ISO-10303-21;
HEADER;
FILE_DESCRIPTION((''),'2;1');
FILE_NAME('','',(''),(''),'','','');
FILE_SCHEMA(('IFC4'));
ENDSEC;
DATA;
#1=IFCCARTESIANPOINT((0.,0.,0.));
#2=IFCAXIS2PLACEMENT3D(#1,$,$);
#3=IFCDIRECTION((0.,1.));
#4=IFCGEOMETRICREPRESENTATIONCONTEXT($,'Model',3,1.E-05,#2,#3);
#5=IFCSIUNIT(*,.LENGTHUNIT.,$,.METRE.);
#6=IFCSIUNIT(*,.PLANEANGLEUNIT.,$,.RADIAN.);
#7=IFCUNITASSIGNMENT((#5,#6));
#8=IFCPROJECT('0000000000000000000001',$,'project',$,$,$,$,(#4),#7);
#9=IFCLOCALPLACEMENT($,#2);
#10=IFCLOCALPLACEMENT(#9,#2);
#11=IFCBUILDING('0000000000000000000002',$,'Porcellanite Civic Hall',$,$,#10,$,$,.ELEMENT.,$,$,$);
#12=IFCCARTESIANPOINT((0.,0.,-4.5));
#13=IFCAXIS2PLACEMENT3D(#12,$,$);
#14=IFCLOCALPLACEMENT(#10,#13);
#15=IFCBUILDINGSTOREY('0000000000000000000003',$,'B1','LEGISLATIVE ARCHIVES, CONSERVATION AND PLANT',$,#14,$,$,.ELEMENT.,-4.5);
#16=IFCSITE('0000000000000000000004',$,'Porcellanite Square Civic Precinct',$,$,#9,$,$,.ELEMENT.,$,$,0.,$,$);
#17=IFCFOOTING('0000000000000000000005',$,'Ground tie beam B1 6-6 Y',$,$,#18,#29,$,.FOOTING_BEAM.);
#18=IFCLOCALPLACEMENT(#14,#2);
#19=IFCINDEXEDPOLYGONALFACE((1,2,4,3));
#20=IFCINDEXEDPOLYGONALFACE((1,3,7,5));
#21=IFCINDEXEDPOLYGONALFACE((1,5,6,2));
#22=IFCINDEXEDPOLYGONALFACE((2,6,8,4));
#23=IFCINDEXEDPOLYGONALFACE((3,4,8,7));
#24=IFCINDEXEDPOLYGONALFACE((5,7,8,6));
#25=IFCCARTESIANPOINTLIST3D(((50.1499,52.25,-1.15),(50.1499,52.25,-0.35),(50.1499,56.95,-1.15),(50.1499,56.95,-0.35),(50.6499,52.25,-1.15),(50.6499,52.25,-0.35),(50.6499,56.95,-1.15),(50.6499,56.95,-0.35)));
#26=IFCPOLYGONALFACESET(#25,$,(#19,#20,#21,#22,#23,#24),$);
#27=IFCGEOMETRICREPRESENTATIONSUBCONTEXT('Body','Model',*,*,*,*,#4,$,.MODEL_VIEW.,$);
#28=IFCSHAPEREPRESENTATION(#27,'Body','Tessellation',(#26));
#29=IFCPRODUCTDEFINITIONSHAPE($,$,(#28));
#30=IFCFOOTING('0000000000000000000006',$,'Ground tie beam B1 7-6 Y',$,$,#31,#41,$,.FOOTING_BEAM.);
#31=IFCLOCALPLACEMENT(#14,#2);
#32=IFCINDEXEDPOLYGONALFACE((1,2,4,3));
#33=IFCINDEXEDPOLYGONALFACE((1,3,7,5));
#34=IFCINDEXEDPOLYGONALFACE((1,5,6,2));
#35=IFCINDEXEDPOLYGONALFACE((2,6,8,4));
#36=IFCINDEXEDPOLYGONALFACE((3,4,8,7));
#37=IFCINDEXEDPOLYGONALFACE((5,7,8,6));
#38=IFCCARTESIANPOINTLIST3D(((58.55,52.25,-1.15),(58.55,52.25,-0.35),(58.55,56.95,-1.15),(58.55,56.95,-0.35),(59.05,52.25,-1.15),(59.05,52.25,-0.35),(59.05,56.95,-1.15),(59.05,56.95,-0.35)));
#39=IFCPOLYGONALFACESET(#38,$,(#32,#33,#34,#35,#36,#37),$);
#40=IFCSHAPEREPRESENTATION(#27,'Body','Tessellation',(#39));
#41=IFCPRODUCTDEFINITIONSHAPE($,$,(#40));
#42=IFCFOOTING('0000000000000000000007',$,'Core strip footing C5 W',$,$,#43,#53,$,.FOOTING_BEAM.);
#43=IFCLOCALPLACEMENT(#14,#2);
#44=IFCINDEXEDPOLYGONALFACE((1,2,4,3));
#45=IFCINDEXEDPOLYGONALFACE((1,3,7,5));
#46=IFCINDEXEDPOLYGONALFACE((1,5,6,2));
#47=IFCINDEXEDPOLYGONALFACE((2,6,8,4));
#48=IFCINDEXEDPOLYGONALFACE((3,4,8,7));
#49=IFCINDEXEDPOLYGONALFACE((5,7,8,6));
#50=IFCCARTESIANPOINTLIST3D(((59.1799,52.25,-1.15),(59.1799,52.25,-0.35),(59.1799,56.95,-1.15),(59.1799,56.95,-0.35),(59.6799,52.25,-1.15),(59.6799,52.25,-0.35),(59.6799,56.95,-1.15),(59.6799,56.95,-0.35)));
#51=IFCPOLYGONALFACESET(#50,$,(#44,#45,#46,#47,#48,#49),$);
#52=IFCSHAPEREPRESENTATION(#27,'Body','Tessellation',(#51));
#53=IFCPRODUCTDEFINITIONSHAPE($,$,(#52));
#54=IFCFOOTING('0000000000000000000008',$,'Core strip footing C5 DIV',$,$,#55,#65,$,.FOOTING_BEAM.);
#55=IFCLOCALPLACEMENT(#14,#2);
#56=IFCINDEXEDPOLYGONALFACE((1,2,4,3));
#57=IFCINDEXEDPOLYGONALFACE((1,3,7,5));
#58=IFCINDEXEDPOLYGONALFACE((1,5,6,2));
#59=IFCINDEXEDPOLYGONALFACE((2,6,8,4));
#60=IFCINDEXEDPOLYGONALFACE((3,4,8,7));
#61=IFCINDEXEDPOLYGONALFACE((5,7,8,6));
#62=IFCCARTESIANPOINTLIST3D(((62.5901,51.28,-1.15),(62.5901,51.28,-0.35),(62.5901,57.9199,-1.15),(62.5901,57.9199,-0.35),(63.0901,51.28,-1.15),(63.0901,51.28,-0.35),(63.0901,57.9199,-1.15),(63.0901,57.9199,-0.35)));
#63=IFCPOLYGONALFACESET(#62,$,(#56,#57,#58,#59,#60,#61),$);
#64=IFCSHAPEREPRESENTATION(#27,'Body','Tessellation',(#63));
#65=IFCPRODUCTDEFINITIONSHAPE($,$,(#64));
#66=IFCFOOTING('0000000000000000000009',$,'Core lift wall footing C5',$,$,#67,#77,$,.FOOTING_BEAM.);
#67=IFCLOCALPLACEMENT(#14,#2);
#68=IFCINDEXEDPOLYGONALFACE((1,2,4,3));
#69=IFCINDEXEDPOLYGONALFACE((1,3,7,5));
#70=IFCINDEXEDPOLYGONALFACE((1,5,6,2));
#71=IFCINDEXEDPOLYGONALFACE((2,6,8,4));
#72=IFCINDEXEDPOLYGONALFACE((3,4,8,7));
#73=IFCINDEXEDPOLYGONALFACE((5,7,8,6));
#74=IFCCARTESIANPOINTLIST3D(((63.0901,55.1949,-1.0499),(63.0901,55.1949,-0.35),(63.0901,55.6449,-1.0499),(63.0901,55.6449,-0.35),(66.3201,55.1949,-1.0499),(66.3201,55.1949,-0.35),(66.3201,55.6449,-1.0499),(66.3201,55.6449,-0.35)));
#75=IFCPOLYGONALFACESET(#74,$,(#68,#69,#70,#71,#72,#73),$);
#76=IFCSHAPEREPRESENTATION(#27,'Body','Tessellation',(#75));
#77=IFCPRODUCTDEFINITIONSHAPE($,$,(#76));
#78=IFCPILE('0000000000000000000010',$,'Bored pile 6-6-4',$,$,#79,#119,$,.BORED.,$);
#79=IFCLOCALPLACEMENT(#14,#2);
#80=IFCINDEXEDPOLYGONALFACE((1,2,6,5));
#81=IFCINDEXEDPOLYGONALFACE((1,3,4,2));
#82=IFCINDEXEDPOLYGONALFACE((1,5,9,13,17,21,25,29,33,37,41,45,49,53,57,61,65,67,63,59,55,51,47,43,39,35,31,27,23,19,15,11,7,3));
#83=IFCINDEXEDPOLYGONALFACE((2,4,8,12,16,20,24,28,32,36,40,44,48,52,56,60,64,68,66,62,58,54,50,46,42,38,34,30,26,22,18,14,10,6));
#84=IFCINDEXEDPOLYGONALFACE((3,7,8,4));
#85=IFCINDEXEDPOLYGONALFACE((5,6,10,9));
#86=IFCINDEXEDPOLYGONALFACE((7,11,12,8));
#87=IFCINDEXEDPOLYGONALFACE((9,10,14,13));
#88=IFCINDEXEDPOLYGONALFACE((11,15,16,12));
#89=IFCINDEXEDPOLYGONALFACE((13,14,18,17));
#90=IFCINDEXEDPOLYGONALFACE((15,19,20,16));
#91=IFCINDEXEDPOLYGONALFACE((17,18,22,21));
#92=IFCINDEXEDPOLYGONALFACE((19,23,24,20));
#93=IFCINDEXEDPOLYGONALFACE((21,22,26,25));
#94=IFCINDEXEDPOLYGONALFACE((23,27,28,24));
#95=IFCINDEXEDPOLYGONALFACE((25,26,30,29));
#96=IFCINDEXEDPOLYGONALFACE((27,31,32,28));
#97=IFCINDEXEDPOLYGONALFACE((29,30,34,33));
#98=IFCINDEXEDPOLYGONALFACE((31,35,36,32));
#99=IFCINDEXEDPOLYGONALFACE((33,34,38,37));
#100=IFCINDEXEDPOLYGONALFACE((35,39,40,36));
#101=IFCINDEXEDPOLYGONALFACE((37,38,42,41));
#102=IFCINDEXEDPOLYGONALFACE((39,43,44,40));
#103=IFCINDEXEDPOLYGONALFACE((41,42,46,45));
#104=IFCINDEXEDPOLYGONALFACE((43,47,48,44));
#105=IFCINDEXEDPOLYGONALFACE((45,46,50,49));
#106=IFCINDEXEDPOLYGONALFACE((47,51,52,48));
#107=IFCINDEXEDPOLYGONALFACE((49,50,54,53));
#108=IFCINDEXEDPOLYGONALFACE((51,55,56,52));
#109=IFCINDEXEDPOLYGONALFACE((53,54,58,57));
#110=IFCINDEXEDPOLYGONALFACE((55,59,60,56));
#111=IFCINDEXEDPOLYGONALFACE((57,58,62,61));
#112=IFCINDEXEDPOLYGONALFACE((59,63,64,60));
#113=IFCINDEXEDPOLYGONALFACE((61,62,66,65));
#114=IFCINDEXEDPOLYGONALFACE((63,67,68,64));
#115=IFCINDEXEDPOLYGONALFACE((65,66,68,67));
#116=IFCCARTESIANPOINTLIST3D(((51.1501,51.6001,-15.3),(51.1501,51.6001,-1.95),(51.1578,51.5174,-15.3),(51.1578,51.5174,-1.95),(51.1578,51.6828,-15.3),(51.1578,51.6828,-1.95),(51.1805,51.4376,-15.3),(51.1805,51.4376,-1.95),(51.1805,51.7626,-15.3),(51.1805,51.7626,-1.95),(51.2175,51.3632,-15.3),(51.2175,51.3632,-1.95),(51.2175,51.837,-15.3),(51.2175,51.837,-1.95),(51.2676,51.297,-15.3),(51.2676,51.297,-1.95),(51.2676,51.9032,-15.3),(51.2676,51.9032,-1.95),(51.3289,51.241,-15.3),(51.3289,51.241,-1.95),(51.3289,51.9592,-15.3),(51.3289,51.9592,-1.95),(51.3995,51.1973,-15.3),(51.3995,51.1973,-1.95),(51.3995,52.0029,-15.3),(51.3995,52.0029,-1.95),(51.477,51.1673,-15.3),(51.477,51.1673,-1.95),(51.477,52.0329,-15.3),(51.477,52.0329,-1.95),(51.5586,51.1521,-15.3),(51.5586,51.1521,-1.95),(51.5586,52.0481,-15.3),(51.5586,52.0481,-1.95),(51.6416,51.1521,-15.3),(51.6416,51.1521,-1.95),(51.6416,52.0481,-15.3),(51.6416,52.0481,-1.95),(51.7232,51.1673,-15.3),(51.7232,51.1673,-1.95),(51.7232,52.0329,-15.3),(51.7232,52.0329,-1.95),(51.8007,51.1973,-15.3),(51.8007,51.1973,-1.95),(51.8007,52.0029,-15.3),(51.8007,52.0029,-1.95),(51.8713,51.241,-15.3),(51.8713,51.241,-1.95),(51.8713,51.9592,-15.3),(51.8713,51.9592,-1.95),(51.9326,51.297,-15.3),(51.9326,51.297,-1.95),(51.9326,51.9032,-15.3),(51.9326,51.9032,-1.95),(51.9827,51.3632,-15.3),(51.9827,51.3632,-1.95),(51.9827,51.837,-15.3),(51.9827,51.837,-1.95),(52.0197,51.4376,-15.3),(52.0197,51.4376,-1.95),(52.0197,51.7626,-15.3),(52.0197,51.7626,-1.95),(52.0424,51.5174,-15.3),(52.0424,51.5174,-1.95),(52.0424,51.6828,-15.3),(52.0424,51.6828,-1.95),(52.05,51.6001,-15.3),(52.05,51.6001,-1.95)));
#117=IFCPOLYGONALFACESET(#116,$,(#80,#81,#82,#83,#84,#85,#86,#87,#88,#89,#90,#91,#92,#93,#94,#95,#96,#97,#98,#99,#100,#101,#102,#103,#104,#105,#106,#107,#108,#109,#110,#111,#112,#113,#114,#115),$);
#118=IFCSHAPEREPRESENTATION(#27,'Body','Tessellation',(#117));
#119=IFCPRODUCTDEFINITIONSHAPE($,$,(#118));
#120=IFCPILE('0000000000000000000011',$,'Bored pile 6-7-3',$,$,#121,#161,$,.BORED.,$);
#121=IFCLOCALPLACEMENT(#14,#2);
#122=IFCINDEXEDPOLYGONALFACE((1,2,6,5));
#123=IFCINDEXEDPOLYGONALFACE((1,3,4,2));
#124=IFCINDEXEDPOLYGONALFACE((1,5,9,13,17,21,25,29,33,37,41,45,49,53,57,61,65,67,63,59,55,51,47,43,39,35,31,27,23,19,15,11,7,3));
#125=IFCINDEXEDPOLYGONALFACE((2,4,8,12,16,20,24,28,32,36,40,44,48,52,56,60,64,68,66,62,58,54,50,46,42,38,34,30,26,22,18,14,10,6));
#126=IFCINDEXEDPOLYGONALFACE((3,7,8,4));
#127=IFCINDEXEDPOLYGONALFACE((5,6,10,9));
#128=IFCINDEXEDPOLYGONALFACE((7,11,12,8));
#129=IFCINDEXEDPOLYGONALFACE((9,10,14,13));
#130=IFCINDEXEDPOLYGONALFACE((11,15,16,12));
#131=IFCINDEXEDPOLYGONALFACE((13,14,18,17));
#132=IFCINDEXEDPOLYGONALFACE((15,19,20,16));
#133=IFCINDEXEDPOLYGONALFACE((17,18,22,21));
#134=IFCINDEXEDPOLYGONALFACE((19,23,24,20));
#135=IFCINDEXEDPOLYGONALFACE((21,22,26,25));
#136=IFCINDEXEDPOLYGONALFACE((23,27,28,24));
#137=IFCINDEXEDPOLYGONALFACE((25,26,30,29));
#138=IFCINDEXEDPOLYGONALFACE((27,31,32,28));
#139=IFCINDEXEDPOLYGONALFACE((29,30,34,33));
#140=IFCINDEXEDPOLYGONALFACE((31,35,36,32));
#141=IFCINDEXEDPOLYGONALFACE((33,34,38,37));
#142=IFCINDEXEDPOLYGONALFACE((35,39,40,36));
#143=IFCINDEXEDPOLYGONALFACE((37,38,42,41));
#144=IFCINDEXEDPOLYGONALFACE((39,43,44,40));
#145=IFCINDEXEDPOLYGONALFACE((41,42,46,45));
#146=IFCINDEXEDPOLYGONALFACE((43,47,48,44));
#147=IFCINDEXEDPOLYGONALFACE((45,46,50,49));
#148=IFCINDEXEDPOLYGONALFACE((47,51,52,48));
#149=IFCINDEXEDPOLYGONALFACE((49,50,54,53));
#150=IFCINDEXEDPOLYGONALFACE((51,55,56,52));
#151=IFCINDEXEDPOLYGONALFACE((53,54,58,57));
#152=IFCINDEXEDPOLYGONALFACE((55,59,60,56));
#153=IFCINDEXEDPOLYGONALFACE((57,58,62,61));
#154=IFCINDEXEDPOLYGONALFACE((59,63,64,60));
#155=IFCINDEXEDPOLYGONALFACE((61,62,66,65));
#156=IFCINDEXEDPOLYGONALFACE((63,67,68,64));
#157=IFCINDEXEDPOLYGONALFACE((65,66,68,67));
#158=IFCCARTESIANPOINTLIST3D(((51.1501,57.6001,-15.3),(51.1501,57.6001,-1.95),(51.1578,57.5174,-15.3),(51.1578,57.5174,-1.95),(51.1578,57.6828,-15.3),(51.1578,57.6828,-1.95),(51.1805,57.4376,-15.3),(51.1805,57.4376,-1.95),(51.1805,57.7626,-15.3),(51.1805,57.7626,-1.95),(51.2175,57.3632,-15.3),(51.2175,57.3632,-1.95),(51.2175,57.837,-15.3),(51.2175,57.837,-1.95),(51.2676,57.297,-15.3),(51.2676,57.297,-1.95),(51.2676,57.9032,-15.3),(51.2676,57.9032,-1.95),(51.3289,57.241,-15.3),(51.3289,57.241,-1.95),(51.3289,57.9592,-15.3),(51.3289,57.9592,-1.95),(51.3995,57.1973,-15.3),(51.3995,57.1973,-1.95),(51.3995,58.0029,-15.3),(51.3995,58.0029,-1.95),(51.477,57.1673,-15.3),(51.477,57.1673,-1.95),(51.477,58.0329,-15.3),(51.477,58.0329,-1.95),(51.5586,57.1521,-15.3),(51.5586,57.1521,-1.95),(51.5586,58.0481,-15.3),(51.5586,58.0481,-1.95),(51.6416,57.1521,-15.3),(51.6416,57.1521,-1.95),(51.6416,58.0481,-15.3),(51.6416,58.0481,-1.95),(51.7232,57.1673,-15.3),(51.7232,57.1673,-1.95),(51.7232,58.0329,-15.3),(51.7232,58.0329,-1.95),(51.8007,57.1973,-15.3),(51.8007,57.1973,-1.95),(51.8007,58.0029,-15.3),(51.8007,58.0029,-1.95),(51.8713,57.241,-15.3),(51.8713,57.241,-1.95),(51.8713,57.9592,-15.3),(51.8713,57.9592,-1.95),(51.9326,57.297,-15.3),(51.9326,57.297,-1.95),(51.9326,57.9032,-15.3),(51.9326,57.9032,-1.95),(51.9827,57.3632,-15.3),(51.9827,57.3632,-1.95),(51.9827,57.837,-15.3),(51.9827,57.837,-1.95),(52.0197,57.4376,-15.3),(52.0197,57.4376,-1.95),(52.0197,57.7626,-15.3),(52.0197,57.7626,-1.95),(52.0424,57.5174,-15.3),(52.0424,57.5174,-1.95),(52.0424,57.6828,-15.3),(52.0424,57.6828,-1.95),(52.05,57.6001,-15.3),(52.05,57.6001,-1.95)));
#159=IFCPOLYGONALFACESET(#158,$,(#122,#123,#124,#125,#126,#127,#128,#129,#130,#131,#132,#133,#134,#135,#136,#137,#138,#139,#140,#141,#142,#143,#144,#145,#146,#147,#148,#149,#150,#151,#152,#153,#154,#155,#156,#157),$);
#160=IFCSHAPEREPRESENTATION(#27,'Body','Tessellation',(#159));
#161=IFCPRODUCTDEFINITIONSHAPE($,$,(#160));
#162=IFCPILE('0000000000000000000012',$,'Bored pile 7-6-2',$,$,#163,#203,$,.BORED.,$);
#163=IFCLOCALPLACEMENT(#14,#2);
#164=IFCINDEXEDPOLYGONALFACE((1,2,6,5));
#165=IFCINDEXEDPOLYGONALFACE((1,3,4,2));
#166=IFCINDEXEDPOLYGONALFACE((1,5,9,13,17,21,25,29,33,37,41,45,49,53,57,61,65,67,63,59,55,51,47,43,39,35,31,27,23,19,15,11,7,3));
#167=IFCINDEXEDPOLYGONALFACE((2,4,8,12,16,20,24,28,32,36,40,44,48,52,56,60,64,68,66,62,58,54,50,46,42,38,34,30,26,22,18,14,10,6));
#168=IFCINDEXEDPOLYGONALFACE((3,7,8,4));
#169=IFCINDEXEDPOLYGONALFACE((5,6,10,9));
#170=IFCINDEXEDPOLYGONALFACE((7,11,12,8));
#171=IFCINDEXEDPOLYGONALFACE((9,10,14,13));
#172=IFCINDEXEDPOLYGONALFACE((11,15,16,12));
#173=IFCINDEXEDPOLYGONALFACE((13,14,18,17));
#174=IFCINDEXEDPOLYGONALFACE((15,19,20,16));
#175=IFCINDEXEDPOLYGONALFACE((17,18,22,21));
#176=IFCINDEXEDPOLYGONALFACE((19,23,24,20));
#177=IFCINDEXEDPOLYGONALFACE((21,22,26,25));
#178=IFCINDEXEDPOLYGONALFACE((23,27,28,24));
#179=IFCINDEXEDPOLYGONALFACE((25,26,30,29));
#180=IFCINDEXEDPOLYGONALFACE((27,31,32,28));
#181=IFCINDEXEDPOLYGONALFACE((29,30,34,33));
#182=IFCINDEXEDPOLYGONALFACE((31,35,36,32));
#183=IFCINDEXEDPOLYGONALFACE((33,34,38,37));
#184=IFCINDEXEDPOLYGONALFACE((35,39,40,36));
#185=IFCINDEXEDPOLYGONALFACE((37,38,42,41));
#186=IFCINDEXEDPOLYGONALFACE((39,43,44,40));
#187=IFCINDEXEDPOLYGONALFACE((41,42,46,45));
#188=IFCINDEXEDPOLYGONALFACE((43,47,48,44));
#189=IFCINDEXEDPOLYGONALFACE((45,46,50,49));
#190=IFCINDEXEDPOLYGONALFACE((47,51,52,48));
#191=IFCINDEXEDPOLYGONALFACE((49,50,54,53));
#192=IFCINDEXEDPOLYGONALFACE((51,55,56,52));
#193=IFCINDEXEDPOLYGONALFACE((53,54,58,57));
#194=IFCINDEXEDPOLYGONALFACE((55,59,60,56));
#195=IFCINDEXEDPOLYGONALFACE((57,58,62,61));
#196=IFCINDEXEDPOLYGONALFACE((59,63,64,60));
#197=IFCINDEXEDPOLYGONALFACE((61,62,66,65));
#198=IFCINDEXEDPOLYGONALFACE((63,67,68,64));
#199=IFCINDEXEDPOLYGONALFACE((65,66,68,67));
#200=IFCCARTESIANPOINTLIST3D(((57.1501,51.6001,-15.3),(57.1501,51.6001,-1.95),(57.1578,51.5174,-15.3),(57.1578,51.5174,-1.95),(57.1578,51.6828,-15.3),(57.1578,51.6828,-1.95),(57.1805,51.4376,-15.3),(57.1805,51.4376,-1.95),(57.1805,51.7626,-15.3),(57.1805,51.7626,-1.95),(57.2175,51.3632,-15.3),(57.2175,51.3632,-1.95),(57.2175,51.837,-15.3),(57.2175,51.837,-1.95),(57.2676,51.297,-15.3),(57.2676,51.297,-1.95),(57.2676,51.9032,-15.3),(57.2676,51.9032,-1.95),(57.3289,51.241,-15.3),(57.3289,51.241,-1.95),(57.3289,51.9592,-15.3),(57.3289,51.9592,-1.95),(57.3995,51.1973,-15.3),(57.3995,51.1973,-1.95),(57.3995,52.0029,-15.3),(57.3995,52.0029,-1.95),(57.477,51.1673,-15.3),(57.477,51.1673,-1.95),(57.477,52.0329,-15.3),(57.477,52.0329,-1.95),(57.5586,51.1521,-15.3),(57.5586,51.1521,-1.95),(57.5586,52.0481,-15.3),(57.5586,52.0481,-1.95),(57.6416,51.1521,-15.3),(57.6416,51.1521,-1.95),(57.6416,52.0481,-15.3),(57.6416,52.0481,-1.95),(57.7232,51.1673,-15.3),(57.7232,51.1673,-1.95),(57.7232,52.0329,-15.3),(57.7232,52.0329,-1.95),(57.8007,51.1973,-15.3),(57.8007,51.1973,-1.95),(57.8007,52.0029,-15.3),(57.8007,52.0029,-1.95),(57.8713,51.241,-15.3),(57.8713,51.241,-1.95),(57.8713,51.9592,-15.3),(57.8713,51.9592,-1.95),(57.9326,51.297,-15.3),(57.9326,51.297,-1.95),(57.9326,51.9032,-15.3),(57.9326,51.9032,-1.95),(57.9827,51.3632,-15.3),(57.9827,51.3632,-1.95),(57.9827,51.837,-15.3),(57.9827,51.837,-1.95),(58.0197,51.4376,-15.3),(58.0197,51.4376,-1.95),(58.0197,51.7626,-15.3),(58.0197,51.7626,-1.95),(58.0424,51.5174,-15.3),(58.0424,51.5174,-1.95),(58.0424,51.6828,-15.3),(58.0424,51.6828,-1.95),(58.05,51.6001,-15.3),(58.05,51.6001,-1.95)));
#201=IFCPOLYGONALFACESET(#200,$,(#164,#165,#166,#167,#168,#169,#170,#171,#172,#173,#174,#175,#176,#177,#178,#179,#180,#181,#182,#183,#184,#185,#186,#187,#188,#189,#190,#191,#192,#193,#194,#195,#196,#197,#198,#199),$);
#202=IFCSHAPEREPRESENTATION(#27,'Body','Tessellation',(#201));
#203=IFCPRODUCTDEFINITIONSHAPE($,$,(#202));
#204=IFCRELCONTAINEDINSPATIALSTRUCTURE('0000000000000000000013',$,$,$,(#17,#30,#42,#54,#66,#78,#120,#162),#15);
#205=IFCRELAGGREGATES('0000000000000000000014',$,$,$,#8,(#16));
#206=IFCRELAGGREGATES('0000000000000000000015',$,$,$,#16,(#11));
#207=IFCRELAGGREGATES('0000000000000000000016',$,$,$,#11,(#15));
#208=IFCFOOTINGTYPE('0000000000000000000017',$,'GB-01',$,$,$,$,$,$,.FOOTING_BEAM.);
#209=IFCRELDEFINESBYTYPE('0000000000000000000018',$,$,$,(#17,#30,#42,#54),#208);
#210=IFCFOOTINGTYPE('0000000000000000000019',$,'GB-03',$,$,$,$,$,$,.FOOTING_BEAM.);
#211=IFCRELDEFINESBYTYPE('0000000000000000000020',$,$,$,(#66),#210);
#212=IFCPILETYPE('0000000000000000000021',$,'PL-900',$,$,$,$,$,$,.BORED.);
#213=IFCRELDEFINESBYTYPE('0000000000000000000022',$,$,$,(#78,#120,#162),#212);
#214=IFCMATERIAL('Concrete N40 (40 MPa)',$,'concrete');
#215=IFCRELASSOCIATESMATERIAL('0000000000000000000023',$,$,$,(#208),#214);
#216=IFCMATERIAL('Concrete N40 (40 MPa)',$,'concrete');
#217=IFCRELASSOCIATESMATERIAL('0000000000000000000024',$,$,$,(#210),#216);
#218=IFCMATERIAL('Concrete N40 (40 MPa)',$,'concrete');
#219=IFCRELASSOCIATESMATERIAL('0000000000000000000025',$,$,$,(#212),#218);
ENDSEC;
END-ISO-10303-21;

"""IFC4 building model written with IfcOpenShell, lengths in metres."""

from ifc_helpers import new_model, si_unit, direction, frame, origin, origin_2d, place, context, subcontext, project, spatial, rectangle, circle, extrude, material, material_profile, profile_set, type_object, element, save


model = new_model("IFC4")

# Units and contexts
model_context = context("Model", 3, precision=1e-05, world=origin(), true_north=direction((0.0, 1.0)))
body_context = subcontext(model_context, "Body", "Model", "MODEL_VIEW")
ifc_project = project(units=[si_unit("LENGTHUNIT", "METRE"), si_unit("PLANEANGLEUNIT", "RADIAN")], contexts=[model_context])

# Site, building, storey
site_placement = place(None, origin())
site = spatial("IfcSite", under=ifc_project, at=site_placement, Name="Porcellanite Square Civic Precinct", CompositionType="ELEMENT", RefElevation=0.0)
building_placement = place(site_placement, origin())
building = spatial("IfcBuilding", under=site, at=building_placement, Name="Porcellanite Civic Hall", CompositionType="ELEMENT")
storey_placement = place(building_placement, frame((0.0, 0.0, -4.5)))
storey = spatial("IfcBuildingStorey", under=building, at=storey_placement, Name="B1", Description="LEGISLATIVE ARCHIVES, CONSERVATION AND PLANT", CompositionType="ELEMENT", Elevation=-4.5)

# Footings
ifc_material_1 = material(Name="Concrete N40 (40 MPa)", Category="concrete")
ifc_material_profile_1 = material_profile(ifc_material_1, rectangle(XDim=0.5, YDim=0.8, at=origin_2d()), Name="RC-500x800")
ifc_profile_set_1 = profile_set([ifc_material_profile_1], Name="Concrete N40 (40 MPa)")
footing_type_1 = type_object("IfcFootingType", Name="GB-01", PredefinedType="FOOTING_BEAM", material=ifc_profile_set_1)
for number, where, z_axis, x_axis, name in (
    (1, (50.3999, 52.25, -0.75), (0.0, 1.0, 0.0), (-1.0, 0.0, 0.0), "Ground tie beam B1 6-6 Y"),
    (2, (58.8, 52.25, -0.75), (0.0, 1.0, 0.0), (-1.0, 0.0, 0.0), "Ground tie beam B1 7-6 Y"),
    (3, (59.4299, 52.25, -0.75), (0.0, 1.0, 0.0), (-1.0, 0.0, 0.0), "Core strip footing C5 W"),
):
    element("IfcFooting", number, at=place(storey_placement, frame(where, z_axis=z_axis, x_axis=x_axis)), inside=storey, type_object=footing_type_1, Name=name, PredefinedType="FOOTING_BEAM", context=body_context, shape_type="SweptSolid", body=[
        extrude(rectangle(XDim=0.5, YDim=0.8, at=origin_2d()), origin(), (0.0, 0.0, 1.0), 4.7),
    ])
footing_1_placement = place(storey_placement, frame((62.8401, 51.28, -0.75), z_axis=(0.0, 1.0, 0.0), x_axis=(-1.0, 0.0, 0.0)))
element("IfcFooting", 4, at=footing_1_placement, inside=storey, type_object=footing_type_1, Name="Core strip footing C5 DIV", PredefinedType="FOOTING_BEAM", context=body_context, shape_type="SweptSolid", body=[
    extrude(rectangle(XDim=0.5, YDim=0.8, at=origin_2d()), origin(), (0.0, 0.0, 1.0), 6.6399),
])
ifc_material_2 = material(Name="Concrete N40 (40 MPa)", Category="concrete")
ifc_material_profile_2 = material_profile(ifc_material_2, rectangle(XDim=0.45, YDim=0.7, at=origin_2d()), Name="RC-450x700")
ifc_profile_set_2 = profile_set([ifc_material_profile_2], Name="Concrete N40 (40 MPa)")
footing_type_2 = type_object("IfcFootingType", Name="GB-03", PredefinedType="FOOTING_BEAM", material=ifc_profile_set_2)
footing_2_placement = place(storey_placement, frame((63.0901, 55.4199, -0.7), z_axis=(1.0, 0.0, 0.0), x_axis=(0.0, 1.0, 0.0)))
element("IfcFooting", 5, at=footing_2_placement, inside=storey, type_object=footing_type_2, Name="Core lift wall footing C5", PredefinedType="FOOTING_BEAM", context=body_context, shape_type="SweptSolid", body=[
    extrude(rectangle(XDim=0.45, YDim=0.7, at=origin_2d()), origin(), (0.0, 0.0, 1.0), 3.23),
])

# Piles
ifc_material_3 = material(Name="Concrete N40 (40 MPa)", Category="concrete")
ifc_material_profile_3 = material_profile(ifc_material_3, circle(Radius=0.45, at=origin_2d()), Name="PILE-D900")
ifc_profile_set_3 = profile_set([ifc_material_profile_3], Name="Concrete N40 (40 MPa)")
pile_type = type_object("IfcPileType", Name="PL-900", PredefinedType="BORED", material=ifc_profile_set_3)
for number, where, z_axis, x_axis, name in (
    (6, (51.6001, 51.6001, -1.95), (0.0, 0.0, -1.0), (1.0, 0.0, 0.0), "Bored pile 6-6-4"),
    (7, (51.6001, 57.6001, -1.95), (0.0, 0.0, -1.0), (1.0, 0.0, 0.0), "Bored pile 6-7-3"),
    (8, (57.6001, 51.6001, -1.95), (0.0, 0.0, -1.0), (1.0, 0.0, 0.0), "Bored pile 7-6-2"),
):
    element("IfcPile", number, at=place(storey_placement, frame(where, z_axis=z_axis, x_axis=x_axis)), inside=storey, type_object=pile_type, Name=name, PredefinedType="BORED", context=body_context, shape_type="SweptSolid", body=[
        extrude(circle(Radius=0.45, at=origin_2d()), origin(), (0.0, 0.0, 1.0), 13.3501),
    ])

save(model, "model.ifc")
